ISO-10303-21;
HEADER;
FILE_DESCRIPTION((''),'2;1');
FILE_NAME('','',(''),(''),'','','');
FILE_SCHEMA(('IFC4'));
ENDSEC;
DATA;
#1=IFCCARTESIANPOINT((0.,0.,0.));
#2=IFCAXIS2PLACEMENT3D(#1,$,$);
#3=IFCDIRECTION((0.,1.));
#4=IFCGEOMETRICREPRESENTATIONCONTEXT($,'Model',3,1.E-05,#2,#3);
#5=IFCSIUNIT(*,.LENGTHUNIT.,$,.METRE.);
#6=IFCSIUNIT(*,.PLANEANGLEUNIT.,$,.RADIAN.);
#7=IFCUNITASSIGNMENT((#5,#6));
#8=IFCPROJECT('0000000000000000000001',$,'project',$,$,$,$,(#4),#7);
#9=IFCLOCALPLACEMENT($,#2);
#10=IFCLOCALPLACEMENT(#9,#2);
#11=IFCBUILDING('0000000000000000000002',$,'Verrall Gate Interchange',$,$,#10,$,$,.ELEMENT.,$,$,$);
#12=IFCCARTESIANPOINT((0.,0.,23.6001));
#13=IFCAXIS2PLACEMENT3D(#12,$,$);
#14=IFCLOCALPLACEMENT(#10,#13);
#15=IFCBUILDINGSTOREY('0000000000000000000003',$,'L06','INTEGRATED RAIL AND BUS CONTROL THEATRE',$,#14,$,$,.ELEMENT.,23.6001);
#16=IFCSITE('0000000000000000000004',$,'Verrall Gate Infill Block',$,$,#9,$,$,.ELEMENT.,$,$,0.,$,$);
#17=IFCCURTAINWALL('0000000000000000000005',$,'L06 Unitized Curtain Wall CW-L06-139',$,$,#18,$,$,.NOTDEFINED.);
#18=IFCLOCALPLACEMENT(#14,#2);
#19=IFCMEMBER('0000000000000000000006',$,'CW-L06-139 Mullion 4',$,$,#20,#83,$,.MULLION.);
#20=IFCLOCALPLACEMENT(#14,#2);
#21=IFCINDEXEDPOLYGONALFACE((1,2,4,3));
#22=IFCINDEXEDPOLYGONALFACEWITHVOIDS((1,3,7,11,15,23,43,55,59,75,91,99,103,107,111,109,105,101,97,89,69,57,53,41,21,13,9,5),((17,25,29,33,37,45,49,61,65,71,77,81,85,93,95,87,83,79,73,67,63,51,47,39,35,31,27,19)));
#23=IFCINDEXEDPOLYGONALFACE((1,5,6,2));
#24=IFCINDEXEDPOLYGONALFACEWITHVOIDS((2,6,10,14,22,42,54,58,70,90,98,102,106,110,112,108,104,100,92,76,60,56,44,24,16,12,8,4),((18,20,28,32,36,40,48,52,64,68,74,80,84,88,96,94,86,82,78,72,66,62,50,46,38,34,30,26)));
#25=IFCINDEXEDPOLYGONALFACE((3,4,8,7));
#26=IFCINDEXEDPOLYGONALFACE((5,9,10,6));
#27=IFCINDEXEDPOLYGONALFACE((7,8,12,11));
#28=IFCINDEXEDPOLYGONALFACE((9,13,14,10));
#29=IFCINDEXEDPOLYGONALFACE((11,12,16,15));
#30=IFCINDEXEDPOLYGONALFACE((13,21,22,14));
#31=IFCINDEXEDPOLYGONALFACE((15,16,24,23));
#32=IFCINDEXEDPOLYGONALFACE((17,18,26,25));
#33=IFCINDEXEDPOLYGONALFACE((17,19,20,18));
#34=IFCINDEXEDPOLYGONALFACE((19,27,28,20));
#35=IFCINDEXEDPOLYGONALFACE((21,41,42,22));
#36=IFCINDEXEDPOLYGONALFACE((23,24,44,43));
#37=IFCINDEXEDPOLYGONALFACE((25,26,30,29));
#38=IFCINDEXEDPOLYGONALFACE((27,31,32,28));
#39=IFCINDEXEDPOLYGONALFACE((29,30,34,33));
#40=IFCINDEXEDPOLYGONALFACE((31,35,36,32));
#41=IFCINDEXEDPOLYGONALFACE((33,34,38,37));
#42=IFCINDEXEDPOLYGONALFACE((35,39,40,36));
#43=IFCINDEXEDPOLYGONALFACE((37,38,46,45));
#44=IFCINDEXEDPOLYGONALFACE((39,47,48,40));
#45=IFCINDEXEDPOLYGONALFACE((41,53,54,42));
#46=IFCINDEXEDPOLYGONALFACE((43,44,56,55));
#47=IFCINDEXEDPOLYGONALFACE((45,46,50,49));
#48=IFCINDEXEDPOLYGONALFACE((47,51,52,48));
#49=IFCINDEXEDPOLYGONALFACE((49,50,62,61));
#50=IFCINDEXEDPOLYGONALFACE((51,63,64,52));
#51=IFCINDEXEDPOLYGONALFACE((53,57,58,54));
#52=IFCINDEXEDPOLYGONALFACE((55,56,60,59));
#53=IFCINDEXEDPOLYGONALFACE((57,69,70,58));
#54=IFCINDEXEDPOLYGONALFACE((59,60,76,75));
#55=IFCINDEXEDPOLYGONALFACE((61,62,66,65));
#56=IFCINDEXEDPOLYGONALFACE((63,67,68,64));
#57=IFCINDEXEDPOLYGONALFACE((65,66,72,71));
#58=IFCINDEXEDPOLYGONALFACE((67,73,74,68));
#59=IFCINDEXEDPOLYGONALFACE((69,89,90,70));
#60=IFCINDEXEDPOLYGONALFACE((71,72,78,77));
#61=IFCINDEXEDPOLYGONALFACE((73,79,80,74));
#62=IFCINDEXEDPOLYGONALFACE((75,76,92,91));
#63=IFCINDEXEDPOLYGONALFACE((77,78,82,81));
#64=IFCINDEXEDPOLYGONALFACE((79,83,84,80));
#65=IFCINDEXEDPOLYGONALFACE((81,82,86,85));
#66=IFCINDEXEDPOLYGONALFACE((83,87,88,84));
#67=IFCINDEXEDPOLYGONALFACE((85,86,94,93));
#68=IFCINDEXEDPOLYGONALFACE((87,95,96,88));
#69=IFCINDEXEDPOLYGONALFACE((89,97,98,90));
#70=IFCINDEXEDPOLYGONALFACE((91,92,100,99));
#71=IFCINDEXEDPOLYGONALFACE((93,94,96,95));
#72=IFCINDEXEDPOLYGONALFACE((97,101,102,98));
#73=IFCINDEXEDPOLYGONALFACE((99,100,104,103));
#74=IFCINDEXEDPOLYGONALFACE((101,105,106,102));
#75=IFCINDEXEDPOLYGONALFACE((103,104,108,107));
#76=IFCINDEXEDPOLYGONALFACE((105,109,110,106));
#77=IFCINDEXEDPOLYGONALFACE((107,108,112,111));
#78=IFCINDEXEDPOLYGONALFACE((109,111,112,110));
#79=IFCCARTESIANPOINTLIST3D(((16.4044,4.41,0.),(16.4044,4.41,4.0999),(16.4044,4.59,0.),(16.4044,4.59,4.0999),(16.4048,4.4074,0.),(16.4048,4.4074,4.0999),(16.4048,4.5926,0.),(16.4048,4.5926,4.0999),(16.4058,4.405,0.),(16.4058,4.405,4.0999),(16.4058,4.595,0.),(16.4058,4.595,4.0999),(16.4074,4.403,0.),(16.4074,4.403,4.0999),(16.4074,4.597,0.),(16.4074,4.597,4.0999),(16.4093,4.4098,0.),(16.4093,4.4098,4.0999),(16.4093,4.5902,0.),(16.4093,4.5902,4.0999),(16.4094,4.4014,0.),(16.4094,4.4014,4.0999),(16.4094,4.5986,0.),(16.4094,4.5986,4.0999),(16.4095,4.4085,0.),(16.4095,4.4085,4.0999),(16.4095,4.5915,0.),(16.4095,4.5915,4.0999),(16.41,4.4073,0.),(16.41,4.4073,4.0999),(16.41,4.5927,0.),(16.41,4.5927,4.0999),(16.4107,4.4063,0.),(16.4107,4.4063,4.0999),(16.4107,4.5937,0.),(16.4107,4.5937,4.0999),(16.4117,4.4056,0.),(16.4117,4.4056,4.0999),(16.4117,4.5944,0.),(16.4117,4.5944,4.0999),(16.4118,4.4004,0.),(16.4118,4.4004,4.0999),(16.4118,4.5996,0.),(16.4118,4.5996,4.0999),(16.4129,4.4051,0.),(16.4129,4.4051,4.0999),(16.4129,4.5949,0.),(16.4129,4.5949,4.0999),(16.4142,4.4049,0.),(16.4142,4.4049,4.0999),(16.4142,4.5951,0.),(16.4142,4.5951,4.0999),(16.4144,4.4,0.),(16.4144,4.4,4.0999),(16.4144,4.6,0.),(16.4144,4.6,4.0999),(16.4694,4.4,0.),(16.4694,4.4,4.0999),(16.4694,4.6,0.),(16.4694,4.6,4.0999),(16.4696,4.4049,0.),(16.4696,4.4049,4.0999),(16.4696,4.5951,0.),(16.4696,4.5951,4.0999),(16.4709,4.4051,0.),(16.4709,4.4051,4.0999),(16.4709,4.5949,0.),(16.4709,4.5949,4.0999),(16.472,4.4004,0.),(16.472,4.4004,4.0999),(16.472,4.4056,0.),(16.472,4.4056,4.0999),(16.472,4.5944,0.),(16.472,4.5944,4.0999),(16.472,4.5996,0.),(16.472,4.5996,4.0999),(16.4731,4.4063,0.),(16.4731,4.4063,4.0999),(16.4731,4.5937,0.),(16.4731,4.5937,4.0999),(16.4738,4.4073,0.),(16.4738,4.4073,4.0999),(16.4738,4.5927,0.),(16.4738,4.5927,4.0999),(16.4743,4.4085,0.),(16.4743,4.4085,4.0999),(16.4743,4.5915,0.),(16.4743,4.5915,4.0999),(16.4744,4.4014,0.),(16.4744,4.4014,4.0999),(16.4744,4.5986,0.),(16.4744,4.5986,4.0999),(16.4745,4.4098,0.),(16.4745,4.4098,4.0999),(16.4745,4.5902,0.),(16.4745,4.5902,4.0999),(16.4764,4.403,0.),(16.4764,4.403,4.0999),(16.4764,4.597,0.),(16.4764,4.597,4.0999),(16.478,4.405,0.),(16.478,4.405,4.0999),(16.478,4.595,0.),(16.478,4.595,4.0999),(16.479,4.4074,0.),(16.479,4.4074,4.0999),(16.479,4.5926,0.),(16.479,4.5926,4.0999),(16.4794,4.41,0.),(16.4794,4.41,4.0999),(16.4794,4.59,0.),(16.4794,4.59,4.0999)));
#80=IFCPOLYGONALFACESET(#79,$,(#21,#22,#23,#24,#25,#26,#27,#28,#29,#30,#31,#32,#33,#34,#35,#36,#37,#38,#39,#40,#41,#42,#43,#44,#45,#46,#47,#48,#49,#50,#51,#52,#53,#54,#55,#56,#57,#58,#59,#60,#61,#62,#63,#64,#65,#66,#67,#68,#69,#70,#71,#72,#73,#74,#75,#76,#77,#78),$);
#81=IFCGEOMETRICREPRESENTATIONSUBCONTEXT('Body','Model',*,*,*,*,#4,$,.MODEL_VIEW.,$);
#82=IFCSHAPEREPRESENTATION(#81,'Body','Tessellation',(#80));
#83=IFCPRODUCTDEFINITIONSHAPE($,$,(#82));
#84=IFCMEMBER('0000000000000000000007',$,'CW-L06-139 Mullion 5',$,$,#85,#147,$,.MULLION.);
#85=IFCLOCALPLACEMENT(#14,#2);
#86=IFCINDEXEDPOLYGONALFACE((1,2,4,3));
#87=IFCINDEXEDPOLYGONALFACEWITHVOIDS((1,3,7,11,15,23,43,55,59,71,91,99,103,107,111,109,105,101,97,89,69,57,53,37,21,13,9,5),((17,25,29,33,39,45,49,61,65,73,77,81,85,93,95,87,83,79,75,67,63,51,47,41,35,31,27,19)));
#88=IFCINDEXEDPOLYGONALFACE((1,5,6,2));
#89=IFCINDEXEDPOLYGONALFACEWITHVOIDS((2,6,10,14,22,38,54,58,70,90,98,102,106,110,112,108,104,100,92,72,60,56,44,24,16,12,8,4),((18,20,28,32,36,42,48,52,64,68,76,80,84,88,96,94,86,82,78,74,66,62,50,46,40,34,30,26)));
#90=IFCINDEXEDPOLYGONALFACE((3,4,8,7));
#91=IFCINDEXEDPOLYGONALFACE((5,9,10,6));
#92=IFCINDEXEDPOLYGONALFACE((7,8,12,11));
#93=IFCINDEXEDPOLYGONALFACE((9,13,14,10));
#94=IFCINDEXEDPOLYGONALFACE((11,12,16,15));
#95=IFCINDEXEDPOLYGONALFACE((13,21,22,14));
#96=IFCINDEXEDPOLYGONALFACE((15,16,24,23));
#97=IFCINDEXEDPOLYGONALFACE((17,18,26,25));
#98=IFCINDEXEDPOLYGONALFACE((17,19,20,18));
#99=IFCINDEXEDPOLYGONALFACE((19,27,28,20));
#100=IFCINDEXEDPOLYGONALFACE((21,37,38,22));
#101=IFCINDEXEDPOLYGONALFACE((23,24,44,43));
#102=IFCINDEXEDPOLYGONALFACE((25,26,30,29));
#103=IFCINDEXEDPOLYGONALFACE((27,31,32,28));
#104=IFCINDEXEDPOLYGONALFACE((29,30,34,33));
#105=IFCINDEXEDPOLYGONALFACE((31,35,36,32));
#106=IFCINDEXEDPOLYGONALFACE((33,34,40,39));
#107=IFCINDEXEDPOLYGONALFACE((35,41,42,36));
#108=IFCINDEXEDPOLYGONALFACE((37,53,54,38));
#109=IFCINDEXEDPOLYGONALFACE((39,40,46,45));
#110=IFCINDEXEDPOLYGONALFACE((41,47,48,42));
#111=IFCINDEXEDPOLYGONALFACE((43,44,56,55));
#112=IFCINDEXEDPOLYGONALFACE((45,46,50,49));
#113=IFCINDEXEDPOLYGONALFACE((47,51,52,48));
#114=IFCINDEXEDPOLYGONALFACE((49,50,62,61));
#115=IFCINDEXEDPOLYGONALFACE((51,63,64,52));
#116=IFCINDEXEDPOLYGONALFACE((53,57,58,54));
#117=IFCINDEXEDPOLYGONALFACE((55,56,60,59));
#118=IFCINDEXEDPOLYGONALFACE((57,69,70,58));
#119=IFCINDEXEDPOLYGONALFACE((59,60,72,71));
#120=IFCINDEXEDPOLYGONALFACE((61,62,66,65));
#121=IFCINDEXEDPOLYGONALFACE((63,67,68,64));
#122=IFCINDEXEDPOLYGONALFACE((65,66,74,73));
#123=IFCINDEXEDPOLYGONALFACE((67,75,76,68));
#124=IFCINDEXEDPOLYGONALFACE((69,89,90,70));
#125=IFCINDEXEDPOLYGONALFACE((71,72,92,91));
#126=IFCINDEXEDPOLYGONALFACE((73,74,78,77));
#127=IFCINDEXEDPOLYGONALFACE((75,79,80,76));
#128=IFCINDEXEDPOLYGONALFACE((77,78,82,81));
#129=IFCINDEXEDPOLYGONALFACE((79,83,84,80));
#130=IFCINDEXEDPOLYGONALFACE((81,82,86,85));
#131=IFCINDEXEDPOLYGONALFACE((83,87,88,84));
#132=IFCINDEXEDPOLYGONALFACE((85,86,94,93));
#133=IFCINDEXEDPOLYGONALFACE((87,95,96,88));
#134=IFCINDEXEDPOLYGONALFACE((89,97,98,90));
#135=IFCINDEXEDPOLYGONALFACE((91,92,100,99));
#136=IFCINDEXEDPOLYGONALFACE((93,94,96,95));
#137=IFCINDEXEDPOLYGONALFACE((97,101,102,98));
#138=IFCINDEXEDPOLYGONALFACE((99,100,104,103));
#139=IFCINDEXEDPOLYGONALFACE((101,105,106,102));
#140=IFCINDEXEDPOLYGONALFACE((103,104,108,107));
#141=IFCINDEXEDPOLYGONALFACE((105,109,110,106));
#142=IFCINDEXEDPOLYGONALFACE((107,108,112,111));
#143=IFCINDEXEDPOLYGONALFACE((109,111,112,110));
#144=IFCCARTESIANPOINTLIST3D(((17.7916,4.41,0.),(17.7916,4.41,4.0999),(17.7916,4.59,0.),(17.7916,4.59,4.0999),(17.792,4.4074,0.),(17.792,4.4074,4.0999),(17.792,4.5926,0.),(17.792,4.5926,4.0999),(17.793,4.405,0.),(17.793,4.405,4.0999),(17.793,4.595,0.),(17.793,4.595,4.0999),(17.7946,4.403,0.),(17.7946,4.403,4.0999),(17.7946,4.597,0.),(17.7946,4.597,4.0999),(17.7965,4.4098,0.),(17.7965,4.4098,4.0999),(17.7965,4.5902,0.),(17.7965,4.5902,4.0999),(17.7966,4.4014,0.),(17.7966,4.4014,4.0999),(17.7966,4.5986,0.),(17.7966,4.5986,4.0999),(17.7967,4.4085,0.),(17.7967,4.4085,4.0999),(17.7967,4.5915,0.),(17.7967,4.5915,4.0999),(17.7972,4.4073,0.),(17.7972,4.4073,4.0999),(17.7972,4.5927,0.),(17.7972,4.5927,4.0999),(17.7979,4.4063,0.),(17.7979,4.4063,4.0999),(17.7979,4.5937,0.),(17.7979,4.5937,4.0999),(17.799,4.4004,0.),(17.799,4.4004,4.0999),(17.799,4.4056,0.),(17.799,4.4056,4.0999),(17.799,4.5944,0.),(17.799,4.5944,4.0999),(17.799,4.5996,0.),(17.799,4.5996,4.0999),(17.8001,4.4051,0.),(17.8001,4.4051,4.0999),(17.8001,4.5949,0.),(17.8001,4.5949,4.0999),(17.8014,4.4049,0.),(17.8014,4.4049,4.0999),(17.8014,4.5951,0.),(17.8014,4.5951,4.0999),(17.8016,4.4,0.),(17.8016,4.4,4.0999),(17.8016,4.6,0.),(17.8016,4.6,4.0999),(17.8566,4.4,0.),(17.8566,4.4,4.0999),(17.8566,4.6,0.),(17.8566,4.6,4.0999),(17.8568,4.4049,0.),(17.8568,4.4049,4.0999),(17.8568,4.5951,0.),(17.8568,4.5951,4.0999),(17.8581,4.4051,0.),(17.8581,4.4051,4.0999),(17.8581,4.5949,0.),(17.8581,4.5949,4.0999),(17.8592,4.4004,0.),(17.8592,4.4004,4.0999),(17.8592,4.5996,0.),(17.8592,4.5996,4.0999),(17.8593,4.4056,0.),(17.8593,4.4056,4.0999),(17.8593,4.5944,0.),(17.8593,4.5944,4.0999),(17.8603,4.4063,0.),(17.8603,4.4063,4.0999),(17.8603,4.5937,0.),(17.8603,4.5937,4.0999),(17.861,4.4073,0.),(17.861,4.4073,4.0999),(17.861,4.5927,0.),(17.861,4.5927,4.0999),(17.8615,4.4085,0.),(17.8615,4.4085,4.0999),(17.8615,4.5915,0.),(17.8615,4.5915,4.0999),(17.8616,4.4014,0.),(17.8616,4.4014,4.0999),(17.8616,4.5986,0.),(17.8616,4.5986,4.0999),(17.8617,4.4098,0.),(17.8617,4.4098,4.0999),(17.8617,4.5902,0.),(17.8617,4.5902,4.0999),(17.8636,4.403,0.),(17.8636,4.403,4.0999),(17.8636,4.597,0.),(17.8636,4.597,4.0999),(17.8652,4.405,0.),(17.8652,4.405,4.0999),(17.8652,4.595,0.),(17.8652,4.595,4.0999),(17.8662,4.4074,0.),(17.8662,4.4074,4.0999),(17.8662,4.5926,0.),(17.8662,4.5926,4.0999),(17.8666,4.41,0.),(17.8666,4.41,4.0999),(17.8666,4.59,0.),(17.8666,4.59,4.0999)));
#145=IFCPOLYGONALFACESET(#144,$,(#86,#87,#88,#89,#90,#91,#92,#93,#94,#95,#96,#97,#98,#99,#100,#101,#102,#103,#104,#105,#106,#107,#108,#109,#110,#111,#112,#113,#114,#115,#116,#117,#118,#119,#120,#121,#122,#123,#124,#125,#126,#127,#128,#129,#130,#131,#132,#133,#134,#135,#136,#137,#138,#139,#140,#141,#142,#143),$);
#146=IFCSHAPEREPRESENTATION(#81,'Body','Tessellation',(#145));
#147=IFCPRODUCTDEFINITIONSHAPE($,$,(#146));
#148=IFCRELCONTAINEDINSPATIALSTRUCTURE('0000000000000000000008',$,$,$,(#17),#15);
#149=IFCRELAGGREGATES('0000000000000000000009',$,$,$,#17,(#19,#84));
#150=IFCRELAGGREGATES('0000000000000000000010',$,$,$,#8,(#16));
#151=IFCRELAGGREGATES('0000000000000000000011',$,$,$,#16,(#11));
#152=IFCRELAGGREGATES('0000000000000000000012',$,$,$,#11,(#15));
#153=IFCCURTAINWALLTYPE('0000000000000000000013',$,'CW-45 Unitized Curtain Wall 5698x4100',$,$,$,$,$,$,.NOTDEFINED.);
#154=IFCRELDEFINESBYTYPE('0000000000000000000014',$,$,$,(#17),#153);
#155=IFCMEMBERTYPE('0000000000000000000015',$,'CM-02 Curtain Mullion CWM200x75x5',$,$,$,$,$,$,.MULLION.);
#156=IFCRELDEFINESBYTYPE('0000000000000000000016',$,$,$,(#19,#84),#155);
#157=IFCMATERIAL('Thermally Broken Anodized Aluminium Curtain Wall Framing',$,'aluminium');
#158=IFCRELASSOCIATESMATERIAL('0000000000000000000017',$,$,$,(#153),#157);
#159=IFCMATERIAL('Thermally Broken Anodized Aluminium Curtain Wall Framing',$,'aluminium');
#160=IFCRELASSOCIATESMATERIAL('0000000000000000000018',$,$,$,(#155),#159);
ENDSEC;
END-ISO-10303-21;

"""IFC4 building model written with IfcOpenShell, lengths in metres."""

from ifc_helpers import new_model, si_unit, direction, frame, origin, origin_2d, place, context, subcontext, project, spatial, hollow_rectangle, extrude, material, material_profile, profile_set, type_object, element, aggregate, save


model = new_model("IFC4")

# Units and contexts
model_context = context("Model", 3, precision=1e-05, world=origin(), true_north=direction((0.0, 1.0)))
body_context = subcontext(model_context, "Body", "Model", "MODEL_VIEW")
ifc_project = project(units=[si_unit("LENGTHUNIT", "METRE"), si_unit("PLANEANGLEUNIT", "RADIAN")], contexts=[model_context])

# Site, building, storey
site_placement = place(None, origin())
site = spatial("IfcSite", under=ifc_project, at=site_placement, Name="Verrall Gate Infill Block", CompositionType="ELEMENT", RefElevation=0.0)
building_placement = place(site_placement, origin())
building = spatial("IfcBuilding", under=site, at=building_placement, Name="Verrall Gate Interchange", CompositionType="ELEMENT")
storey_placement = place(building_placement, frame((0.0, 0.0, 23.6001)))
storey = spatial("IfcBuildingStorey", under=building, at=storey_placement, Name="L06", Description="INTEGRATED RAIL AND BUS CONTROL THEATRE", CompositionType="ELEMENT", Elevation=23.6001)

# Curtain wall, members
ifc_material_1 = material(Name="Thermally Broken Anodized Aluminium Curtain Wall Framing", Category="aluminium")
curtain_wall_type = type_object("IfcCurtainWallType", Name="CW-45 Unitized Curtain Wall 5698x4100", PredefinedType="NOTDEFINED", material=ifc_material_1)
curtain_wall_1_placement = place(storey_placement, origin())
curtain_wall_1 = element("IfcCurtainWall", 1, at=curtain_wall_1_placement, inside=storey, type_object=curtain_wall_type, Name="L06 Unitized Curtain Wall CW-L06-139", PredefinedType="NOTDEFINED")
ifc_material_2 = material(Name="Thermally Broken Anodized Aluminium Curtain Wall Framing", Category="aluminium")
ifc_material_profile_1 = material_profile(ifc_material_2, hollow_rectangle(XDim=0.075, YDim=0.2, WallThickness=0.0049, InnerFilletRadius=0.0049, OuterFilletRadius=0.01, at=origin_2d()), Name="CWM200x75x5")
ifc_profile_set_1 = profile_set([ifc_material_profile_1], Name="Thermally Broken Anodized Aluminium Curtain Wall Framing")
member_type_1 = type_object("IfcMemberType", Name="CM-02 Curtain Mullion CWM200x75x5", PredefinedType="MULLION", material=ifc_profile_set_1)
member_1_placement = place(storey_placement, frame((16.4419, 4.5, 0.0), z_axis=(0.0, 0.0, 1.0), x_axis=(1.0, 0.0, 0.0)))
member_1 = element("IfcMember", 2, at=member_1_placement, type_object=member_type_1, Name="CW-L06-139 Mullion 4", PredefinedType="MULLION", context=body_context, shape_type="SweptSolid", body=[
    extrude(hollow_rectangle(XDim=0.075, YDim=0.2, WallThickness=0.0049, InnerFilletRadius=0.0049, OuterFilletRadius=0.01, at=origin_2d()), origin(), (0.0, 0.0, 1.0), 4.0999),
])
member_2_placement = place(storey_placement, frame((17.8291, 4.5, 0.0), z_axis=(0.0, 0.0, 1.0), x_axis=(1.0, 0.0, 0.0)))
member_2 = element("IfcMember", 3, at=member_2_placement, type_object=member_type_1, Name="CW-L06-139 Mullion 5", PredefinedType="MULLION", context=body_context, shape_type="SweptSolid", body=[
    extrude(hollow_rectangle(XDim=0.075, YDim=0.2, WallThickness=0.0049, InnerFilletRadius=0.0049, OuterFilletRadius=0.01, at=origin_2d()), origin(), (0.0, 0.0, 1.0), 4.0999),
])

aggregate(curtain_wall_1, [member_1, member_2])

save(model, "model.ifc")
